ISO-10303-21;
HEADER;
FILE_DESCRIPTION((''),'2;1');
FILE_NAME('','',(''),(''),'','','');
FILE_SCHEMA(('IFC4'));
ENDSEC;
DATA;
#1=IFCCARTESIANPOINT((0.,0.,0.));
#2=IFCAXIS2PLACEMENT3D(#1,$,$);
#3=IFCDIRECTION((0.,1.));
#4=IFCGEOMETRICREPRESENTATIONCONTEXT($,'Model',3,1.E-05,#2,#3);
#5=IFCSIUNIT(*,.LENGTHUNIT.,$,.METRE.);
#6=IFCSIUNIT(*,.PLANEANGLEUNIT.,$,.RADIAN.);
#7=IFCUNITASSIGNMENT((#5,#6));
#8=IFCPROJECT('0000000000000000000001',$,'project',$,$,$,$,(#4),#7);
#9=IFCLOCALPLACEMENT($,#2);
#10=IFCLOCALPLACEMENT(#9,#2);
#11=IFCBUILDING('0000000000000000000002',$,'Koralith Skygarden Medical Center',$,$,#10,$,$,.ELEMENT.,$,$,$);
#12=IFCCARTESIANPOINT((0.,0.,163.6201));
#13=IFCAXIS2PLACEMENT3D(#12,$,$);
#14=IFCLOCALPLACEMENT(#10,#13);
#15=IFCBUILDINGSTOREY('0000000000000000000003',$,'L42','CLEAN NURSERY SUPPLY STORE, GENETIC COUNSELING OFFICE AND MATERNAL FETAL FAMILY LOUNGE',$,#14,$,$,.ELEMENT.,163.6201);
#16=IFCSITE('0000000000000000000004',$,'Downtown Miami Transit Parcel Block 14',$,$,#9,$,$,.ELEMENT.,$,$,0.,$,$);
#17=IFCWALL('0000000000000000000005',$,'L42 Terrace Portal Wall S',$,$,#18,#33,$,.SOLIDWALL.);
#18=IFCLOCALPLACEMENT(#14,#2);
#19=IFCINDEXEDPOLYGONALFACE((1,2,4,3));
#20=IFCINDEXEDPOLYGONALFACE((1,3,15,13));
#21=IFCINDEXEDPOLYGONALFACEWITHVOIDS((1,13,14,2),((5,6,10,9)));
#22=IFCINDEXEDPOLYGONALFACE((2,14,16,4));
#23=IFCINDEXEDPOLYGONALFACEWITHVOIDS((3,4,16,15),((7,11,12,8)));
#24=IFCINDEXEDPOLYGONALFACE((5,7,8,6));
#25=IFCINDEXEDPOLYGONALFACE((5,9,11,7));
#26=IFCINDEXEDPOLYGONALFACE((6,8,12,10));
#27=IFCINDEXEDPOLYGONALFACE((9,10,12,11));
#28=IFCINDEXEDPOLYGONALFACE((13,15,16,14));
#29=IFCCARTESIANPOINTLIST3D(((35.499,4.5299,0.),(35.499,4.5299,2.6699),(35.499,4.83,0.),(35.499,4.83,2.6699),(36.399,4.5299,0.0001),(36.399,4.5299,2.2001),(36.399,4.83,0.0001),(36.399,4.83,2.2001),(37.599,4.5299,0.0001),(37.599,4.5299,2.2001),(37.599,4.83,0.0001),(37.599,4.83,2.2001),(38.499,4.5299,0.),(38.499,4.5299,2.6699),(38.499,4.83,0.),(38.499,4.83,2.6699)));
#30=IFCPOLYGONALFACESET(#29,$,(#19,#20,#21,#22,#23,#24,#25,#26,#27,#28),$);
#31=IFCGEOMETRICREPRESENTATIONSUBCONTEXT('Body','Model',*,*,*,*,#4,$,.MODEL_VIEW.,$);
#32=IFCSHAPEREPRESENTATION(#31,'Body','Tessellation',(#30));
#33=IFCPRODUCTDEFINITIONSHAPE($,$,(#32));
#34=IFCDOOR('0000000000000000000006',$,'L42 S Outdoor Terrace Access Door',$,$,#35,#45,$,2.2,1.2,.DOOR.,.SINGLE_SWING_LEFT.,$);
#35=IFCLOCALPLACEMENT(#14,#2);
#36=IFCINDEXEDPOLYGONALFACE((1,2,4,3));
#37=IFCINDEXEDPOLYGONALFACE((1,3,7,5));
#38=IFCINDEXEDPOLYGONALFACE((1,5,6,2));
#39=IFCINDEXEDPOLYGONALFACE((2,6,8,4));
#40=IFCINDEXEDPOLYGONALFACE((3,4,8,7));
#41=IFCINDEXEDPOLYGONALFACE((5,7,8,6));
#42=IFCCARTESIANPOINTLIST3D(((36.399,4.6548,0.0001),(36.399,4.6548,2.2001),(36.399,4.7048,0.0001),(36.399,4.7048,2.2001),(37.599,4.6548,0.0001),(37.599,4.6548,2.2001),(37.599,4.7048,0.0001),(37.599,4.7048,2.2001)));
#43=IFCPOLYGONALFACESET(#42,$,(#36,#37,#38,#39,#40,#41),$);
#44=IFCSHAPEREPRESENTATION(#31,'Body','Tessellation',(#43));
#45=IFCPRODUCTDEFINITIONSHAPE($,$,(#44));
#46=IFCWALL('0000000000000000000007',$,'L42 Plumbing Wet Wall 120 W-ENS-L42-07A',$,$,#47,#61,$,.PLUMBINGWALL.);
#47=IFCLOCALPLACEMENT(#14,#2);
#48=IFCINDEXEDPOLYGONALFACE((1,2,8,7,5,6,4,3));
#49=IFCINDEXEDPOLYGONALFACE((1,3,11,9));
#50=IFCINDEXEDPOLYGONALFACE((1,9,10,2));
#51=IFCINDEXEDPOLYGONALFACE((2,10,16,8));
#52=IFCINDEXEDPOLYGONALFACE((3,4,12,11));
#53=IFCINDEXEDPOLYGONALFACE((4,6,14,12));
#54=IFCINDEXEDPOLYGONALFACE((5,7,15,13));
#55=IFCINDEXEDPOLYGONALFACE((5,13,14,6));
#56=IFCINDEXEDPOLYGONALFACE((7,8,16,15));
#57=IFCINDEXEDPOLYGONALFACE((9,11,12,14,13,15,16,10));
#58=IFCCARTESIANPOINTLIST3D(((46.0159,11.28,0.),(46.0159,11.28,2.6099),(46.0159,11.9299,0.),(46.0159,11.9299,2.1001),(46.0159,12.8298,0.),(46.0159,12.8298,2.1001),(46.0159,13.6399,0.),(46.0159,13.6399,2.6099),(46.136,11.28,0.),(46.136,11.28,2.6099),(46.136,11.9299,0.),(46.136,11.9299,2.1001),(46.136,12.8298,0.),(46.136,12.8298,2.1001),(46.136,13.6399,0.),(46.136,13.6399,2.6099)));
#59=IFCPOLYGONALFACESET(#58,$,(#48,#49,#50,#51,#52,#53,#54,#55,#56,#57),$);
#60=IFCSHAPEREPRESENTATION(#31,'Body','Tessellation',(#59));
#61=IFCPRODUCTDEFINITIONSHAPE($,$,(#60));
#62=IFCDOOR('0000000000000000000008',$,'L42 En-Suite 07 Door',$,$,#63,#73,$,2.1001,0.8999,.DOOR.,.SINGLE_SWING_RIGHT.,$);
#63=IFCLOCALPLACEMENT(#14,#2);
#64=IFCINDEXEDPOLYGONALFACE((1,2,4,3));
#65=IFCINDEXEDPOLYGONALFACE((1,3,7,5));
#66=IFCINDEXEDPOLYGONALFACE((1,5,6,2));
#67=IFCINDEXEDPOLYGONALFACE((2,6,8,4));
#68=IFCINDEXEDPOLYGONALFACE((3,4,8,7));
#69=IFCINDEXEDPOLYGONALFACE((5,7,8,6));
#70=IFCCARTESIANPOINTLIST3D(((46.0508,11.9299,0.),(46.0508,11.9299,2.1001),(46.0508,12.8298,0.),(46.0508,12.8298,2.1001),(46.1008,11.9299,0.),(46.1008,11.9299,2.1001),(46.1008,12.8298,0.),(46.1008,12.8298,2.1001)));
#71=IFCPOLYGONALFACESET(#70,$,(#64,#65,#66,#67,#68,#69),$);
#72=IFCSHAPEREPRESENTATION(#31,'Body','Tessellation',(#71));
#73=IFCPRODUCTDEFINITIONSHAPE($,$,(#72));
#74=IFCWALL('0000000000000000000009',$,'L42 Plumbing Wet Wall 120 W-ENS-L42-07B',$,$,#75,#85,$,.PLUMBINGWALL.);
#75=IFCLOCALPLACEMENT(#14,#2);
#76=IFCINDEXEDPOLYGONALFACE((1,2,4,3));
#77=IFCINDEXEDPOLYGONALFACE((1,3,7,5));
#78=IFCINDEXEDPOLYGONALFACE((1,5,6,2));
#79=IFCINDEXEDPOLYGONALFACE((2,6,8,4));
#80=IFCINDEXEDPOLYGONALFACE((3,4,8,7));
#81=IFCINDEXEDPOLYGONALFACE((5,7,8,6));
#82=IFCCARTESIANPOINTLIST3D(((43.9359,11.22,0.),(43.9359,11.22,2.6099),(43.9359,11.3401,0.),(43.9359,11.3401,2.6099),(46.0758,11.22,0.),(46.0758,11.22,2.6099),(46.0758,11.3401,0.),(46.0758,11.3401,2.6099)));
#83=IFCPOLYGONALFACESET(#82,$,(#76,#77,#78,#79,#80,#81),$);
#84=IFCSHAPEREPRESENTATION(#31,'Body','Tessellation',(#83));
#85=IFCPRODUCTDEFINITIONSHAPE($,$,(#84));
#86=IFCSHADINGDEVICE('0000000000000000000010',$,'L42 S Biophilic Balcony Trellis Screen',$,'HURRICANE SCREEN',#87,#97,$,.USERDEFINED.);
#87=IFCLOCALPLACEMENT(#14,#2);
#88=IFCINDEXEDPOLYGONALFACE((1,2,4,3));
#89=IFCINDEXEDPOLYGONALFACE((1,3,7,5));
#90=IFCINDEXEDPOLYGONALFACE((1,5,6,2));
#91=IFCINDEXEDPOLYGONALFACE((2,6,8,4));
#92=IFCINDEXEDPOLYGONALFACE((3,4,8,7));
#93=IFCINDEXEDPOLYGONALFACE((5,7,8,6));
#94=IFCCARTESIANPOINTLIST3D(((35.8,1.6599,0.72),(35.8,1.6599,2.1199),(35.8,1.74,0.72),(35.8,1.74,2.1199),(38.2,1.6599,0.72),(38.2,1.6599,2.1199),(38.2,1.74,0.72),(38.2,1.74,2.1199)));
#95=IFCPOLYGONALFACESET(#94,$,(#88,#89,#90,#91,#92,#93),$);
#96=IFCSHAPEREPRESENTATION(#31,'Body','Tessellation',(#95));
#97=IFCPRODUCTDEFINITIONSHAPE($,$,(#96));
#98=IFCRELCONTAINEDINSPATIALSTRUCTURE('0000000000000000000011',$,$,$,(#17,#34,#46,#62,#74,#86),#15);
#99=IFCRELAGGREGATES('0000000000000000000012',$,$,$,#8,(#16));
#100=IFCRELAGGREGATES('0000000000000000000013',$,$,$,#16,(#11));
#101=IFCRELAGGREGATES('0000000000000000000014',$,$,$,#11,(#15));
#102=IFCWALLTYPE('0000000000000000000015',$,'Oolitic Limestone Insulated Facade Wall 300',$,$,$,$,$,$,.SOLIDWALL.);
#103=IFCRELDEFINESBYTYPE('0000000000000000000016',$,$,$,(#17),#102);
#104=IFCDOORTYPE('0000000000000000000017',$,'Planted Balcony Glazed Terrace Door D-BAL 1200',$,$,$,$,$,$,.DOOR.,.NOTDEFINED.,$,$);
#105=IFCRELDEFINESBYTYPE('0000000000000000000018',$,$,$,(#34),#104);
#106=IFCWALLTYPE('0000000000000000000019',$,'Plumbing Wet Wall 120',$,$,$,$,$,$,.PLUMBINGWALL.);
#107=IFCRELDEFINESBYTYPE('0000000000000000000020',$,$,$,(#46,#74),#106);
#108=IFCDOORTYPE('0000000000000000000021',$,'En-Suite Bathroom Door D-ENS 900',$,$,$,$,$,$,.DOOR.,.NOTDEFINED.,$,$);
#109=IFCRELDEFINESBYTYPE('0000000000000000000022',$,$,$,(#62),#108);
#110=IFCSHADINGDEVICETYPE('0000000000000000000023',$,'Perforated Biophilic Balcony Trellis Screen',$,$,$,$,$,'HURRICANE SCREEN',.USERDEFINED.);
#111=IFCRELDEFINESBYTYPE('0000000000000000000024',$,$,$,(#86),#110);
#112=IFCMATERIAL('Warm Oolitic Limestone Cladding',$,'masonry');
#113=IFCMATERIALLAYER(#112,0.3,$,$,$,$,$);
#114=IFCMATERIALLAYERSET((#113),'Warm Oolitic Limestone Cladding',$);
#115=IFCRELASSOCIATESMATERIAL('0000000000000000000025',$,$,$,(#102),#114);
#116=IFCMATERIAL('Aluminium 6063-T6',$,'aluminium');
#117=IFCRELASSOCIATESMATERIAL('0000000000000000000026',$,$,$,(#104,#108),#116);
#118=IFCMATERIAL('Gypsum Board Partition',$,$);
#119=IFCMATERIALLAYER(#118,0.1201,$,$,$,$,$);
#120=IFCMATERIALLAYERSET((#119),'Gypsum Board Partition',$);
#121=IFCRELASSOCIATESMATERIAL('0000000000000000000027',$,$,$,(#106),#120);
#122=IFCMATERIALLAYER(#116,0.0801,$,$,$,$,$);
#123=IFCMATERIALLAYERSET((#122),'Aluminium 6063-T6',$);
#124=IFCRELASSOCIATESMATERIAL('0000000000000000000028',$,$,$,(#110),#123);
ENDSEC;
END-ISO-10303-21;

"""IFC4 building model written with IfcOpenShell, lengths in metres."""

from ifc_helpers import new_model, si_unit, direction, frame, frame_2d, origin, origin_2d, place, context, subcontext, project, spatial, rectangle, extrude, material, layer, layer_set, type_object, element, fill, save


model = new_model("IFC4")

# Units and contexts
model_context = context("Model", 3, precision=1e-05, world=origin(), true_north=direction((0.0, 1.0)))
body_context = subcontext(model_context, "Body", "Model", "MODEL_VIEW")
ifc_project = project(units=[si_unit("LENGTHUNIT", "METRE"), si_unit("PLANEANGLEUNIT", "RADIAN")], contexts=[model_context])

# Site, building, storey
site_placement = place(None, origin())
site = spatial("IfcSite", under=ifc_project, at=site_placement, Name="Downtown Miami Transit Parcel Block 14", CompositionType="ELEMENT", RefElevation=0.0)
building_placement = place(site_placement, origin())
building = spatial("IfcBuilding", under=site, at=building_placement, Name="Koralith Skygarden Medical Center", CompositionType="ELEMENT")
storey_placement = place(building_placement, frame((0.0, 0.0, 163.6201)))
storey = spatial("IfcBuildingStorey", under=building, at=storey_placement, Name="L42", Description="CLEAN NURSERY SUPPLY STORE, GENETIC COUNSELING OFFICE AND MATERNAL FETAL FAMILY LOUNGE", CompositionType="ELEMENT", Elevation=163.6201)

# Shared definitions
ifc_material_1 = material(Name="Aluminium 6063-T6", Category="aluminium")

# Shared definitions
ifc_material_2 = material(Name="Warm Oolitic Limestone Cladding", Category="masonry")

# Walls, openings, doors
ifc_layer_1 = layer(ifc_material_2, 0.3)
ifc_layer_set_1 = layer_set([ifc_layer_1], Name="Warm Oolitic Limestone Cladding")
wall_type_1 = type_object("IfcWallType", Name="Oolitic Limestone Insulated Facade Wall 300", PredefinedType="SOLIDWALL", material=ifc_layer_set_1)
wall_1_placement = place(storey_placement, frame((35.499, 4.6799, 0.0), z_axis=(0.0, 0.0, 1.0), x_axis=(1.0, 0.0, 0.0)))
wall_1 = element("IfcWall", 1, at=wall_1_placement, inside=storey, type_object=wall_type_1, Name="L42 Terrace Portal Wall S", PredefinedType="SOLIDWALL", context=body_context, shape_type="SweptSolid", body=[
    extrude(rectangle(XDim=3.0, YDim=0.3, at=frame_2d((1.5, 0.0))), origin(), (0.0, 0.0, 1.0), 2.6699),
])
opening_1_placement = place(wall_1_placement, frame((0.8999, 0.0, 0.0)))
opening_1 = element("IfcOpeningElement", 2, at=opening_1_placement, cuts=wall_1, PredefinedType="OPENING", context=body_context, shape_type="SweptSolid", body=[
    extrude(rectangle(XDim=1.2, YDim=2.2, at=frame_2d((0.6001, 1.1001))), frame((0.0, 0.1599, 0.0), z_axis=(0.0, -1.0, 0.0), x_axis=(1.0, 0.0, 0.0)), (0.0, 0.0, 1.0), 0.3201),
])
door_type_1 = type_object("IfcDoorType", Name="Planted Balcony Glazed Terrace Door D-BAL 1200", OperationType="NOTDEFINED", PredefinedType="DOOR", material=ifc_material_1)
door_1_placement = place(opening_1_placement, origin())
door_1 = element("IfcDoor", 3, at=door_1_placement, inside=storey, type_object=door_type_1, Name="L42 S Outdoor Terrace Access Door", OperationType="SINGLE_SWING_LEFT", OverallHeight=2.2, OverallWidth=1.2, PredefinedType="DOOR", context=body_context, shape_type="SweptSolid", body=[
    extrude(rectangle(XDim=1.2, YDim=2.2, at=frame_2d((0.6001, 1.1001))), frame((0.0, 0.0249, 0.0), z_axis=(0.0, -1.0, 0.0), x_axis=(1.0, 0.0, 0.0)), (0.0, 0.0, 1.0), 0.05),
])
fill(opening_1, door_1)
ifc_material_3 = material(Name="Gypsum Board Partition")
ifc_layer_2 = layer(ifc_material_3, 0.1201)
ifc_layer_set_2 = layer_set([ifc_layer_2], Name="Gypsum Board Partition")
wall_type_2 = type_object("IfcWallType", Name="Plumbing Wet Wall 120", PredefinedType="PLUMBINGWALL", material=ifc_layer_set_2)
wall_2_placement = place(storey_placement, frame((46.0759, 11.28, 0.0), z_axis=(0.0, 0.0, 1.0), x_axis=(0.0, 1.0, 0.0)))
wall_2 = element("IfcWall", 4, at=wall_2_placement, inside=storey, type_object=wall_type_2, Name="L42 Plumbing Wet Wall 120 W-ENS-L42-07A", PredefinedType="PLUMBINGWALL", context=body_context, shape_type="SweptSolid", body=[
    extrude(rectangle(XDim=2.3599, YDim=0.1201, at=frame_2d((1.1799, 0.0))), origin(), (0.0, 0.0, 1.0), 2.6099),
])
opening_2_placement = place(wall_2_placement, frame((0.6499, 0.0, 0.0)))
opening_2 = element("IfcOpeningElement", 5, at=opening_2_placement, cuts=wall_2, PredefinedType="OPENING", context=body_context, shape_type="SweptSolid", body=[
    extrude(rectangle(XDim=0.8999, YDim=2.1001, at=frame_2d((0.45, 1.05))), frame((0.0, 0.0701, 0.0), z_axis=(0.0, -1.0, 0.0), x_axis=(1.0, 0.0, 0.0)), (0.0, 0.0, 1.0), 0.1401),
])
door_type_2 = type_object("IfcDoorType", Name="En-Suite Bathroom Door D-ENS 900", OperationType="NOTDEFINED", PredefinedType="DOOR", material=ifc_material_1)
door_2_placement = place(opening_2_placement, frame((0.8999, 0.0, 0.0), z_axis=(0.0, 0.0, 1.0), x_axis=(-1.0, 0.0, 0.0)))
door_2 = element("IfcDoor", 6, at=door_2_placement, inside=storey, type_object=door_type_2, Name="L42 En-Suite 07 Door", OperationType="SINGLE_SWING_RIGHT", OverallHeight=2.1001, OverallWidth=0.8999, PredefinedType="DOOR", context=body_context, shape_type="SweptSolid", body=[
    extrude(rectangle(XDim=0.8999, YDim=2.1001, at=frame_2d((0.45, 1.05))), frame((0.0, 0.0249, 0.0), z_axis=(0.0, -1.0, 0.0), x_axis=(1.0, 0.0, 0.0)), (0.0, 0.0, 1.0), 0.05),
])
fill(opening_2, door_2)

# Wall
wall_3_placement = place(storey_placement, frame((43.936, 11.28, 0.0), z_axis=(0.0, 0.0, 1.0), x_axis=(1.0, 0.0, 0.0)))
element("IfcWall", 7, at=wall_3_placement, inside=storey, type_object=wall_type_2, Name="L42 Plumbing Wet Wall 120 W-ENS-L42-07B", PredefinedType="PLUMBINGWALL", context=body_context, shape_type="SweptSolid", body=[
    extrude(rectangle(XDim=2.1399, YDim=0.1201, at=frame_2d((1.0698, 0.0))), origin(), (0.0, 0.0, 1.0), 2.6099),
])

# Shading device
ifc_layer_3 = layer(ifc_material_1, 0.0801)
ifc_layer_set_3 = layer_set([ifc_layer_3], Name="Aluminium 6063-T6")
shading_device_type = type_object("IfcShadingDeviceType", Name="Perforated Biophilic Balcony Trellis Screen", ElementType="HURRICANE SCREEN", PredefinedType="USERDEFINED", material=ifc_layer_set_3)
shading_device_placement = place(storey_placement, frame((37.0, 1.7, 0.72), z_axis=(0.0, 0.0, 1.0), x_axis=(1.0, 0.0, 0.0)))
element("IfcShadingDevice", 8, at=shading_device_placement, inside=storey, type_object=shading_device_type, Name="L42 S Biophilic Balcony Trellis Screen", ObjectType="HURRICANE SCREEN", PredefinedType="USERDEFINED", context=body_context, shape_type="SweptSolid", body=[
    extrude(rectangle(XDim=2.3999, YDim=0.0801, at=origin_2d()), origin(), (0.0, 0.0, 1.0), 1.3999),
])

save(model, "model.ifc")
